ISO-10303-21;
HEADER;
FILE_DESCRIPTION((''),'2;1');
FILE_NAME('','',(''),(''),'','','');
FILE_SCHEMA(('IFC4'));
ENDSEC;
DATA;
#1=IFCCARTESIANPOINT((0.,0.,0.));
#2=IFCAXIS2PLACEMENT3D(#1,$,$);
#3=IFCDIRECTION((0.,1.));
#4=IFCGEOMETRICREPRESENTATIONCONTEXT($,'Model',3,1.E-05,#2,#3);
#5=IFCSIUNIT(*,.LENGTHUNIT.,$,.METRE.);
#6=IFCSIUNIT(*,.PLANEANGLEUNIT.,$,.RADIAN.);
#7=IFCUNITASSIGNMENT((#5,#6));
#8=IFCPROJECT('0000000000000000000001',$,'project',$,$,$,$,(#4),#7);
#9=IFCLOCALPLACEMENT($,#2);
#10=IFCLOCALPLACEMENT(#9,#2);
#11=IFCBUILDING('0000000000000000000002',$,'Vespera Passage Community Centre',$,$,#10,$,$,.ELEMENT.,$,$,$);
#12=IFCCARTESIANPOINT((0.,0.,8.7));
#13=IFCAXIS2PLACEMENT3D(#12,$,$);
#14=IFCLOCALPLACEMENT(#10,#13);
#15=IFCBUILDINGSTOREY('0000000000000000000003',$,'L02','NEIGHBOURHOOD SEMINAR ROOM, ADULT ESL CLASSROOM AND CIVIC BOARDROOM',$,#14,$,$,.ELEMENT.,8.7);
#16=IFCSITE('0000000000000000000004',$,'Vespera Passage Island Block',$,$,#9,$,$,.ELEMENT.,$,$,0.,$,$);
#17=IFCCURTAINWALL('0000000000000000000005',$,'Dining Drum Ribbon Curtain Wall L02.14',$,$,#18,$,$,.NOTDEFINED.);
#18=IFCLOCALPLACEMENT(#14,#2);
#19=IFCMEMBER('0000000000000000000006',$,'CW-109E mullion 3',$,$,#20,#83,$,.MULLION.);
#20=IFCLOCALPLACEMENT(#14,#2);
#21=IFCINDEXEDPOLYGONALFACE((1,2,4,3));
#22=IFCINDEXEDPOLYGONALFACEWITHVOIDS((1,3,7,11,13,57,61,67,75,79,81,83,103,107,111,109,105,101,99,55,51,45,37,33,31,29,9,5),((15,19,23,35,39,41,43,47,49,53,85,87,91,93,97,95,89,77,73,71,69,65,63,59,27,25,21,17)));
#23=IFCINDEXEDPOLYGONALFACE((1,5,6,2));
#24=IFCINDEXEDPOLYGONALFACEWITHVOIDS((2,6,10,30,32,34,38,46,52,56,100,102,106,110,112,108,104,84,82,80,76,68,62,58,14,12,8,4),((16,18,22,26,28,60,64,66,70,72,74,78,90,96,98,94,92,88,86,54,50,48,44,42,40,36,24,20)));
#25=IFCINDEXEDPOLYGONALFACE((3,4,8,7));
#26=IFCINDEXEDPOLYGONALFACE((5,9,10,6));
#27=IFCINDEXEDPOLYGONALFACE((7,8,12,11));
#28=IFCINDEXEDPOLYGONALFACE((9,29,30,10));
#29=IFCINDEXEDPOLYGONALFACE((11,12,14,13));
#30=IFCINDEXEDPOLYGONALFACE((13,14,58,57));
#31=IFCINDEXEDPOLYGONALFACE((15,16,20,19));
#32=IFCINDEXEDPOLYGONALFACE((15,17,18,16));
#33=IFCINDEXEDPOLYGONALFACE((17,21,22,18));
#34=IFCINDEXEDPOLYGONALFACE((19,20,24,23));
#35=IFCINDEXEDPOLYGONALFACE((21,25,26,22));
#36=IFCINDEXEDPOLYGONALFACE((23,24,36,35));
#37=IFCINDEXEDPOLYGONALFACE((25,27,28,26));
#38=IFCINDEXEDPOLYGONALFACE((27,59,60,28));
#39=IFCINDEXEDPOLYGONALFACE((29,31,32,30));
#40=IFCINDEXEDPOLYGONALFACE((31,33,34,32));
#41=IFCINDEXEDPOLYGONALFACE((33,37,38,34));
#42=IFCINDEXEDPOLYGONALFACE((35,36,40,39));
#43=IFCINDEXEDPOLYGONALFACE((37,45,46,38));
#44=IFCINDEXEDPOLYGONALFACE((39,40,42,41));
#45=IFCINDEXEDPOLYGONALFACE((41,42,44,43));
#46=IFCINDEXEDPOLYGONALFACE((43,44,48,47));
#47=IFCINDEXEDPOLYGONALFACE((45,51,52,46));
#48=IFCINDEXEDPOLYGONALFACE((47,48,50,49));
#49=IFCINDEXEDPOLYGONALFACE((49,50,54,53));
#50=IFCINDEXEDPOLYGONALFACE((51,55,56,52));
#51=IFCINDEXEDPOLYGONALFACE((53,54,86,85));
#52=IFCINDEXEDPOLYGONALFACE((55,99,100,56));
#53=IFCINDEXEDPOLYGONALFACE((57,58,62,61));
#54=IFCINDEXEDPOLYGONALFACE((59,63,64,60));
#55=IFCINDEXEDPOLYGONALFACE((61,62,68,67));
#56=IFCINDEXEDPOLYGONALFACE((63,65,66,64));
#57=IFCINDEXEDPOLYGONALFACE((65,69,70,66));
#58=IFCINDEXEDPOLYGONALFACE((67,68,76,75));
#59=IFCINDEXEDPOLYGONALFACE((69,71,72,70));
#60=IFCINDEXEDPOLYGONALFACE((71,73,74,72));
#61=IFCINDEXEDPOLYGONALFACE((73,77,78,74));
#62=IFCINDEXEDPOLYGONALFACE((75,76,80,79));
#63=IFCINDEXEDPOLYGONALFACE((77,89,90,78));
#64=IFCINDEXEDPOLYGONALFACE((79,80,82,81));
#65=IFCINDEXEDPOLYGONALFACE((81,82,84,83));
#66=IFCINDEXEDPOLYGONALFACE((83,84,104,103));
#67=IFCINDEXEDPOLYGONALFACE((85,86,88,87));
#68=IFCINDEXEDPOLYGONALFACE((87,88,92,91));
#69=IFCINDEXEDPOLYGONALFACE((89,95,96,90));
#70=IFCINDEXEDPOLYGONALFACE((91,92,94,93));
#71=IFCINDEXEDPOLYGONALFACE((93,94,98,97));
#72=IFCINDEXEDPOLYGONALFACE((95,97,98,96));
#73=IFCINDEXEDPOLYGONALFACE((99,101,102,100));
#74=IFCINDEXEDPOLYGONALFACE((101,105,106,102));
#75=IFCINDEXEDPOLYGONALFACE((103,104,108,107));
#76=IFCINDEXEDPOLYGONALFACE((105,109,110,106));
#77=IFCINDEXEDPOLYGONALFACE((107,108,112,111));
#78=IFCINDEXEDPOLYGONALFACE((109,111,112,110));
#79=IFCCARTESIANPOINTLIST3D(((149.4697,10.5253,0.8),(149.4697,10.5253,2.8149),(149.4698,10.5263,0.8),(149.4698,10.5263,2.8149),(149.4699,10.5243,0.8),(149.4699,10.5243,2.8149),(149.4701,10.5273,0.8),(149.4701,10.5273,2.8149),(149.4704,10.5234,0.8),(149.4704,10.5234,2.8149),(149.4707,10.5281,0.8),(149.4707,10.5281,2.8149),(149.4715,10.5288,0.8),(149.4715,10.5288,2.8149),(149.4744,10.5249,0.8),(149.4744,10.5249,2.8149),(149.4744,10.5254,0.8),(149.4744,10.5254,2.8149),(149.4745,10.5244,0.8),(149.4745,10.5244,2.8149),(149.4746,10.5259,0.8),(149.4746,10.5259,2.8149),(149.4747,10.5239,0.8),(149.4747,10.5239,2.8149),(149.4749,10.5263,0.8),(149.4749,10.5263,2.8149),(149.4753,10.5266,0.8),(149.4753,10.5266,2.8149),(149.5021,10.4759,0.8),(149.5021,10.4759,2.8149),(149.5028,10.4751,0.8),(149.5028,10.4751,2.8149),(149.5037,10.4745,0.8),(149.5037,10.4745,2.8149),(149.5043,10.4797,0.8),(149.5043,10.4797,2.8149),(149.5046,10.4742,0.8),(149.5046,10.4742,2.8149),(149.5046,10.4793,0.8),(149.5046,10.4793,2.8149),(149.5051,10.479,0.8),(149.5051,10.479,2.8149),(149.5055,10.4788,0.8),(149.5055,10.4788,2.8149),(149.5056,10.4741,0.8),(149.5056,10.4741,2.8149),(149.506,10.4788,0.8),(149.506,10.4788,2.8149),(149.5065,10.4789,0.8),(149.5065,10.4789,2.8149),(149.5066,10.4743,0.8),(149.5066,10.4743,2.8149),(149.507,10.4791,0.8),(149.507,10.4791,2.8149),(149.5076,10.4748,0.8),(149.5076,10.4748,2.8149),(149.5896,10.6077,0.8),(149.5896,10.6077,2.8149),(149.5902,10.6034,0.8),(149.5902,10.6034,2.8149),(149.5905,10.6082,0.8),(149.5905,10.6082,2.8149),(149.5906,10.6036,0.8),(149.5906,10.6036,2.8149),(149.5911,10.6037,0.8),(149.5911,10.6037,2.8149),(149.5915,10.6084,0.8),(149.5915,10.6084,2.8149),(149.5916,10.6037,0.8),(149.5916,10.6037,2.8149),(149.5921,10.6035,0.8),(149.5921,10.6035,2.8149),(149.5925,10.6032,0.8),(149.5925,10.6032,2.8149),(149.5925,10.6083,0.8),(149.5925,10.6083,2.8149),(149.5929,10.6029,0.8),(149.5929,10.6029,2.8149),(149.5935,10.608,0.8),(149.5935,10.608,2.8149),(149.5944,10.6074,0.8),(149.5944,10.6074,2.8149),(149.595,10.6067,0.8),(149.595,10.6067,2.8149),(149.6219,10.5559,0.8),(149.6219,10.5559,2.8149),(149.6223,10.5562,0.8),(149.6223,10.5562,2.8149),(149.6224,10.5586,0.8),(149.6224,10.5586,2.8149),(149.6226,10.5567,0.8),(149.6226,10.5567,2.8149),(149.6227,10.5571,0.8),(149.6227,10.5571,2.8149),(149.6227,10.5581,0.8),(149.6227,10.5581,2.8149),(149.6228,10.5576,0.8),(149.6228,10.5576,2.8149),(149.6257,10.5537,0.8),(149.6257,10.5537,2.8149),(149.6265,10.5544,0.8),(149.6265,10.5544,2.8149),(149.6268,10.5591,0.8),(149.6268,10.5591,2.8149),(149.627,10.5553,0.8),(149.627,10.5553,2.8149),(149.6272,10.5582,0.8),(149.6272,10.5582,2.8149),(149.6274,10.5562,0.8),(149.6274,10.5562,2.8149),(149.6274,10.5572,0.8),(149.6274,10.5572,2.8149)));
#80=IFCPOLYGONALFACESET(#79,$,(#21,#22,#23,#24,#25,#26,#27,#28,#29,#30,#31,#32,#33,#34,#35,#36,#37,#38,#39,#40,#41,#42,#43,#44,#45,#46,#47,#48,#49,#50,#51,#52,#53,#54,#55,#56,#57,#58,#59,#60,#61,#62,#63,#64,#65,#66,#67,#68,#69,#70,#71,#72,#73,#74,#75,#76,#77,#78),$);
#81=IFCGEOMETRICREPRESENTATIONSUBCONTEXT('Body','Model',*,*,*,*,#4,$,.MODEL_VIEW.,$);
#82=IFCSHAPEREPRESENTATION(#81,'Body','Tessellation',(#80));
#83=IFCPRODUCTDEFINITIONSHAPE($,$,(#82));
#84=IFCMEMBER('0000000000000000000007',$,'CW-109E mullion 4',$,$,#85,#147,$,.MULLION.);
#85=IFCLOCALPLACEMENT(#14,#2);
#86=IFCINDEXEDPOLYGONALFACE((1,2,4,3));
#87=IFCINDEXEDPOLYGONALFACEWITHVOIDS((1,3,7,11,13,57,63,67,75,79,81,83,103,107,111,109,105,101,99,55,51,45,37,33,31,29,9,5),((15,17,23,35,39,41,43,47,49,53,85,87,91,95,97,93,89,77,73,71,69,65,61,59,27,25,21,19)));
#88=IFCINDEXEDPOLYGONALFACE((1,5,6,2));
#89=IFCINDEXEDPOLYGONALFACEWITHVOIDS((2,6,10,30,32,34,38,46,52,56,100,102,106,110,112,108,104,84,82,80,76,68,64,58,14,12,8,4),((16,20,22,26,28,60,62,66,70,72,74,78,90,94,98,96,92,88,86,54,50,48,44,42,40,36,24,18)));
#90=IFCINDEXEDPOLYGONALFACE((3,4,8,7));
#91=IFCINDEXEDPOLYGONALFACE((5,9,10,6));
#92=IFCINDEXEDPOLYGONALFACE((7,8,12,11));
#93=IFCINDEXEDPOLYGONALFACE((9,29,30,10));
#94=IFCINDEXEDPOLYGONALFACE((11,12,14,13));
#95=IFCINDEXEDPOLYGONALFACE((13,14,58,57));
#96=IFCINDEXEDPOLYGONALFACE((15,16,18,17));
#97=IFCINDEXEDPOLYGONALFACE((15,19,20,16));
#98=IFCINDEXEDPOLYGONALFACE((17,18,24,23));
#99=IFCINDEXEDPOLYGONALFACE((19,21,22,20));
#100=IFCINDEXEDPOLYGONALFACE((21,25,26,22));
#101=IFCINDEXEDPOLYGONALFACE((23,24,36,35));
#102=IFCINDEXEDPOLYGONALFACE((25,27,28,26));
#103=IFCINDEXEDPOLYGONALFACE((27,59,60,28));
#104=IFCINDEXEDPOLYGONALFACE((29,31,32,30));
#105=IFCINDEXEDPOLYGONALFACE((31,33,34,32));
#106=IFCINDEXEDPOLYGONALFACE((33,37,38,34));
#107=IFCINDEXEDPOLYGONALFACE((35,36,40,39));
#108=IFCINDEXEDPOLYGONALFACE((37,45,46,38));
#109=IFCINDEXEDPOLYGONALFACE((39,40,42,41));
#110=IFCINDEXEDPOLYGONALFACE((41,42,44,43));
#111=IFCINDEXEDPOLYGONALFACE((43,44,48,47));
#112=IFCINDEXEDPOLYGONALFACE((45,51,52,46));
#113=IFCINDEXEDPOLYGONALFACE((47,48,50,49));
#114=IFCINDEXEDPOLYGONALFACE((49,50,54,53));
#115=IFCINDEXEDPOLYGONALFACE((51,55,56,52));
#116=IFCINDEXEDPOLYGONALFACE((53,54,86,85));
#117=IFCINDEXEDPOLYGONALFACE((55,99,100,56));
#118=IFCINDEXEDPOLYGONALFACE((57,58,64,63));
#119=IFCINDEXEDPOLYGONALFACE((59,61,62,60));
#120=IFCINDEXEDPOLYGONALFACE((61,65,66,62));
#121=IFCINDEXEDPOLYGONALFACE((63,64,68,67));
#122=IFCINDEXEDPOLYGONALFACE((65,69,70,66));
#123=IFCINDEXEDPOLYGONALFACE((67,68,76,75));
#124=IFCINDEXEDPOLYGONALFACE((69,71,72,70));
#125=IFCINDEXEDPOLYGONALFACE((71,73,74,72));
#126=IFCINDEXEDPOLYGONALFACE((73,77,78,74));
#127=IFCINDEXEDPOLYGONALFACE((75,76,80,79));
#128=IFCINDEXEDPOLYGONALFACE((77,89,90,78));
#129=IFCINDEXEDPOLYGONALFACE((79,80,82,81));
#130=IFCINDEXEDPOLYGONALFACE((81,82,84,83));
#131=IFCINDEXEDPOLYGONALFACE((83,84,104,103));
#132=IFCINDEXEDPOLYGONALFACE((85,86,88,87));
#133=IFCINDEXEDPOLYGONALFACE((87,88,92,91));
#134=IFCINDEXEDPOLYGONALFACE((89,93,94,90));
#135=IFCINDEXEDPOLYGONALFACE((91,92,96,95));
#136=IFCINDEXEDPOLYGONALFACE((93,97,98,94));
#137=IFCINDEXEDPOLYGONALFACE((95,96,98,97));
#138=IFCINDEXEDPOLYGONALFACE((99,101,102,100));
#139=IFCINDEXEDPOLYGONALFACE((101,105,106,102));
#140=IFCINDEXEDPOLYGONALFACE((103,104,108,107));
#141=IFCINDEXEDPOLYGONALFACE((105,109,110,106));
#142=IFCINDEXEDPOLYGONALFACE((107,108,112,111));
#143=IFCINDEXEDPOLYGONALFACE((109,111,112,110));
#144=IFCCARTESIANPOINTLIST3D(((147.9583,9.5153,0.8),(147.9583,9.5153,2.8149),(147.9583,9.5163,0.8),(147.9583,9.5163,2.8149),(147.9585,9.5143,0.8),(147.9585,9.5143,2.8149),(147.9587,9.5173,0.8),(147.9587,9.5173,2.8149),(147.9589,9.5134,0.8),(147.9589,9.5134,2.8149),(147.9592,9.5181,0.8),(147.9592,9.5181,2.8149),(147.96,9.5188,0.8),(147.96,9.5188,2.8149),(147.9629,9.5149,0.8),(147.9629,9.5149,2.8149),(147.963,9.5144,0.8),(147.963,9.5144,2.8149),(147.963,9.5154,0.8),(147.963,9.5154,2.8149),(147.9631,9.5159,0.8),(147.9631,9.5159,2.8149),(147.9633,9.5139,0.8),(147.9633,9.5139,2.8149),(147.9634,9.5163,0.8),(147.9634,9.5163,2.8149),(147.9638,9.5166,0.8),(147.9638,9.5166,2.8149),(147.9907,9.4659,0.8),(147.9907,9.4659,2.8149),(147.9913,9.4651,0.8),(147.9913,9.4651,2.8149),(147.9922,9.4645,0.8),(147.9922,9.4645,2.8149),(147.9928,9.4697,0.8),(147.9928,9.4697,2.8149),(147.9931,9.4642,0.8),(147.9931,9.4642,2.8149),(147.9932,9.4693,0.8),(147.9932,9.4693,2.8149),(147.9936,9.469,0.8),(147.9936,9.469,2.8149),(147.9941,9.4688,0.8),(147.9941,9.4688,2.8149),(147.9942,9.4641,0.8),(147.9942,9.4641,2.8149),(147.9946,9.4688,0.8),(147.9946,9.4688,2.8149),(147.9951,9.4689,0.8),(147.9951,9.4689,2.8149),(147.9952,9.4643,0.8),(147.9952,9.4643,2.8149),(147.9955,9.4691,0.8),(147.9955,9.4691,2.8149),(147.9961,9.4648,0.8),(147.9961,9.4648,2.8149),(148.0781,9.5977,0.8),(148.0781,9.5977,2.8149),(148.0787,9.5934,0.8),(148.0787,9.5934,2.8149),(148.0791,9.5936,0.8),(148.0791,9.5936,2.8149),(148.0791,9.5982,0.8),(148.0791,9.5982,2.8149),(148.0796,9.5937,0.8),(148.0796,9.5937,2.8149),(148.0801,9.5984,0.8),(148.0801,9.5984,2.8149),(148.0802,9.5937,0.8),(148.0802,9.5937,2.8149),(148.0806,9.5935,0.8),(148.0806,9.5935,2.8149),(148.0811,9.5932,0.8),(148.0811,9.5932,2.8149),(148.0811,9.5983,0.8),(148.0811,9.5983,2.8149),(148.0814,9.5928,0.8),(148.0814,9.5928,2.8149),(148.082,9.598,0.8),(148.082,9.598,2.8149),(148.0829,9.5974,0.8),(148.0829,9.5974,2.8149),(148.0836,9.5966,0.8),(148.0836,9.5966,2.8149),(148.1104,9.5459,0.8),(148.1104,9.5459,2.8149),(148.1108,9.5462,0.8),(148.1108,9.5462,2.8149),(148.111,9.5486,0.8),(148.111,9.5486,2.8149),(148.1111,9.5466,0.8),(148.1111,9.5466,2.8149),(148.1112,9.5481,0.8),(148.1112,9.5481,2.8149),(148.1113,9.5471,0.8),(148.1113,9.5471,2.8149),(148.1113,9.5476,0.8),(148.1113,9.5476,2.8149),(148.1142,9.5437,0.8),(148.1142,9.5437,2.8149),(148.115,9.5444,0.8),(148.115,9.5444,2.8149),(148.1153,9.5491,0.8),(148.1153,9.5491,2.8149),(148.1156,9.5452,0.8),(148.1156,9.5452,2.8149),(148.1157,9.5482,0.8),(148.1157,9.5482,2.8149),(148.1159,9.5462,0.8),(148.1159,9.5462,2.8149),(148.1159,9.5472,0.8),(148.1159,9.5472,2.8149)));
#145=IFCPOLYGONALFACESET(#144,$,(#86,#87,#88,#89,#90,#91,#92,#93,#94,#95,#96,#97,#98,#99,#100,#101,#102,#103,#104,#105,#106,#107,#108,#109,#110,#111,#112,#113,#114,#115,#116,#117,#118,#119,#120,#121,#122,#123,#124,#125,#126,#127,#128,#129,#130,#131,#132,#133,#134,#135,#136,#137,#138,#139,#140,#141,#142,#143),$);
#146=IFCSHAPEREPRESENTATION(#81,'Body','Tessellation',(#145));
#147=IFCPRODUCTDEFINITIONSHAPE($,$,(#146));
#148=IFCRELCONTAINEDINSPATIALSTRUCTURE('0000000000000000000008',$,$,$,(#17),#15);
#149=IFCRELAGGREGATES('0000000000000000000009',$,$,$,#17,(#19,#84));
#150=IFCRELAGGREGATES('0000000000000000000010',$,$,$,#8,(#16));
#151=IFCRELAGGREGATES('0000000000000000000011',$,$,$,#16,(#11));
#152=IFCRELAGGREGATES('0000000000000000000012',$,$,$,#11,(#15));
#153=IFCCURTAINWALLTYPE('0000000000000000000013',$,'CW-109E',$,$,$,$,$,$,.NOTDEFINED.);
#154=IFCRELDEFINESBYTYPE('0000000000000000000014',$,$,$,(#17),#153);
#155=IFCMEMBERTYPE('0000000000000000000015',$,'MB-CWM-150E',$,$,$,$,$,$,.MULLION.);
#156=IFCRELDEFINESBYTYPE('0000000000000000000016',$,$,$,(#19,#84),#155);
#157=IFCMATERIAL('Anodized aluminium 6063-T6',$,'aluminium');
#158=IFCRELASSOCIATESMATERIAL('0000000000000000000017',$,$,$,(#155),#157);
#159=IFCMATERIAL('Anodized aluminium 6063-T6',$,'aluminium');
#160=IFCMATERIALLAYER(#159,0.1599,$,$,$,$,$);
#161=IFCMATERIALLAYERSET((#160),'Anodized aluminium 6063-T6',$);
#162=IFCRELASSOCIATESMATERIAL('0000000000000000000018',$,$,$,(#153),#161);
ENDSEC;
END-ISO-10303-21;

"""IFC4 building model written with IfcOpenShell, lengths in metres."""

from ifc_helpers import new_model, si_unit, direction, frame, origin, origin_2d, place, context, subcontext, project, spatial, hollow_rectangle, extrude, material, layer, layer_set, material_profile, profile_set, type_object, element, aggregate, save


model = new_model("IFC4")

# Units and contexts
model_context = context("Model", 3, precision=1e-05, world=origin(), true_north=direction((0.0, 1.0)))
body_context = subcontext(model_context, "Body", "Model", "MODEL_VIEW")
ifc_project = project(units=[si_unit("LENGTHUNIT", "METRE"), si_unit("PLANEANGLEUNIT", "RADIAN")], contexts=[model_context])

# Site, building, storey
site_placement = place(None, origin())
site = spatial("IfcSite", under=ifc_project, at=site_placement, Name="Vespera Passage Island Block", CompositionType="ELEMENT", RefElevation=0.0)
building_placement = place(site_placement, origin())
building = spatial("IfcBuilding", under=site, at=building_placement, Name="Vespera Passage Community Centre", CompositionType="ELEMENT")
storey_placement = place(building_placement, frame((0.0, 0.0, 8.7)))
storey = spatial("IfcBuildingStorey", under=building, at=storey_placement, Name="L02", Description="NEIGHBOURHOOD SEMINAR ROOM, ADULT ESL CLASSROOM AND CIVIC BOARDROOM", CompositionType="ELEMENT", Elevation=8.7)

# Curtain wall, members
ifc_material_1 = material(Name="Anodized aluminium 6063-T6", Category="aluminium")
ifc_material_profile_1 = material_profile(ifc_material_1, hollow_rectangle(XDim=0.0649, YDim=0.1499, WallThickness=0.0039, InnerFilletRadius=0.002, OuterFilletRadius=0.0039, at=origin_2d()), Name="ALU150X65X4")
ifc_profile_set_1 = profile_set([ifc_material_profile_1], Name="Anodized aluminium 6063-T6")
member_type_1 = type_object("IfcMemberType", Name="MB-CWM-150E", PredefinedType="MULLION", material=ifc_profile_set_1)
ifc_material_2 = material(Name="Anodized aluminium 6063-T6", Category="aluminium")
ifc_layer_1 = layer(ifc_material_2, 0.1599)
ifc_layer_set_1 = layer_set([ifc_layer_1], Name="Anodized aluminium 6063-T6")
curtain_wall_type_1 = type_object("IfcCurtainWallType", Name="CW-109E", PredefinedType="NOTDEFINED", material=ifc_layer_set_1)
curtain_wall_1_placement = place(storey_placement, origin())
curtain_wall_1 = element("IfcCurtainWall", 1, at=curtain_wall_1_placement, inside=storey, type_object=curtain_wall_type_1, Name="Dining Drum Ribbon Curtain Wall L02.14", PredefinedType="NOTDEFINED")
member_1_placement = place(storey_placement, frame((149.5486, 10.5413, 0.8), z_axis=(0.0, 0.0, 1.0), x_axis=(0.555565, -0.831473, 0.0)))
member_1 = element("IfcMember", 2, at=member_1_placement, type_object=member_type_1, Name="CW-109E mullion 3", PredefinedType="MULLION", context=body_context, shape_type="SweptSolid", body=[
    extrude(hollow_rectangle(XDim=0.0649, YDim=0.1499, WallThickness=0.0039, InnerFilletRadius=0.002, OuterFilletRadius=0.0039, at=origin_2d()), origin(), (0.0, 0.0, 1.0), 2.0149),
])
member_2_placement = place(storey_placement, frame((148.0371, 9.5312, 0.8), z_axis=(0.0, 0.0, 1.0), x_axis=(0.555565, -0.831473, 0.0)))
member_2 = element("IfcMember", 3, at=member_2_placement, type_object=member_type_1, Name="CW-109E mullion 4", PredefinedType="MULLION", context=body_context, shape_type="SweptSolid", body=[
    extrude(hollow_rectangle(XDim=0.0649, YDim=0.1499, WallThickness=0.0039, InnerFilletRadius=0.002, OuterFilletRadius=0.0039, at=origin_2d()), origin(), (0.0, 0.0, 1.0), 2.0149),
])

aggregate(curtain_wall_1, [member_1, member_2])

save(model, "model.ifc")
